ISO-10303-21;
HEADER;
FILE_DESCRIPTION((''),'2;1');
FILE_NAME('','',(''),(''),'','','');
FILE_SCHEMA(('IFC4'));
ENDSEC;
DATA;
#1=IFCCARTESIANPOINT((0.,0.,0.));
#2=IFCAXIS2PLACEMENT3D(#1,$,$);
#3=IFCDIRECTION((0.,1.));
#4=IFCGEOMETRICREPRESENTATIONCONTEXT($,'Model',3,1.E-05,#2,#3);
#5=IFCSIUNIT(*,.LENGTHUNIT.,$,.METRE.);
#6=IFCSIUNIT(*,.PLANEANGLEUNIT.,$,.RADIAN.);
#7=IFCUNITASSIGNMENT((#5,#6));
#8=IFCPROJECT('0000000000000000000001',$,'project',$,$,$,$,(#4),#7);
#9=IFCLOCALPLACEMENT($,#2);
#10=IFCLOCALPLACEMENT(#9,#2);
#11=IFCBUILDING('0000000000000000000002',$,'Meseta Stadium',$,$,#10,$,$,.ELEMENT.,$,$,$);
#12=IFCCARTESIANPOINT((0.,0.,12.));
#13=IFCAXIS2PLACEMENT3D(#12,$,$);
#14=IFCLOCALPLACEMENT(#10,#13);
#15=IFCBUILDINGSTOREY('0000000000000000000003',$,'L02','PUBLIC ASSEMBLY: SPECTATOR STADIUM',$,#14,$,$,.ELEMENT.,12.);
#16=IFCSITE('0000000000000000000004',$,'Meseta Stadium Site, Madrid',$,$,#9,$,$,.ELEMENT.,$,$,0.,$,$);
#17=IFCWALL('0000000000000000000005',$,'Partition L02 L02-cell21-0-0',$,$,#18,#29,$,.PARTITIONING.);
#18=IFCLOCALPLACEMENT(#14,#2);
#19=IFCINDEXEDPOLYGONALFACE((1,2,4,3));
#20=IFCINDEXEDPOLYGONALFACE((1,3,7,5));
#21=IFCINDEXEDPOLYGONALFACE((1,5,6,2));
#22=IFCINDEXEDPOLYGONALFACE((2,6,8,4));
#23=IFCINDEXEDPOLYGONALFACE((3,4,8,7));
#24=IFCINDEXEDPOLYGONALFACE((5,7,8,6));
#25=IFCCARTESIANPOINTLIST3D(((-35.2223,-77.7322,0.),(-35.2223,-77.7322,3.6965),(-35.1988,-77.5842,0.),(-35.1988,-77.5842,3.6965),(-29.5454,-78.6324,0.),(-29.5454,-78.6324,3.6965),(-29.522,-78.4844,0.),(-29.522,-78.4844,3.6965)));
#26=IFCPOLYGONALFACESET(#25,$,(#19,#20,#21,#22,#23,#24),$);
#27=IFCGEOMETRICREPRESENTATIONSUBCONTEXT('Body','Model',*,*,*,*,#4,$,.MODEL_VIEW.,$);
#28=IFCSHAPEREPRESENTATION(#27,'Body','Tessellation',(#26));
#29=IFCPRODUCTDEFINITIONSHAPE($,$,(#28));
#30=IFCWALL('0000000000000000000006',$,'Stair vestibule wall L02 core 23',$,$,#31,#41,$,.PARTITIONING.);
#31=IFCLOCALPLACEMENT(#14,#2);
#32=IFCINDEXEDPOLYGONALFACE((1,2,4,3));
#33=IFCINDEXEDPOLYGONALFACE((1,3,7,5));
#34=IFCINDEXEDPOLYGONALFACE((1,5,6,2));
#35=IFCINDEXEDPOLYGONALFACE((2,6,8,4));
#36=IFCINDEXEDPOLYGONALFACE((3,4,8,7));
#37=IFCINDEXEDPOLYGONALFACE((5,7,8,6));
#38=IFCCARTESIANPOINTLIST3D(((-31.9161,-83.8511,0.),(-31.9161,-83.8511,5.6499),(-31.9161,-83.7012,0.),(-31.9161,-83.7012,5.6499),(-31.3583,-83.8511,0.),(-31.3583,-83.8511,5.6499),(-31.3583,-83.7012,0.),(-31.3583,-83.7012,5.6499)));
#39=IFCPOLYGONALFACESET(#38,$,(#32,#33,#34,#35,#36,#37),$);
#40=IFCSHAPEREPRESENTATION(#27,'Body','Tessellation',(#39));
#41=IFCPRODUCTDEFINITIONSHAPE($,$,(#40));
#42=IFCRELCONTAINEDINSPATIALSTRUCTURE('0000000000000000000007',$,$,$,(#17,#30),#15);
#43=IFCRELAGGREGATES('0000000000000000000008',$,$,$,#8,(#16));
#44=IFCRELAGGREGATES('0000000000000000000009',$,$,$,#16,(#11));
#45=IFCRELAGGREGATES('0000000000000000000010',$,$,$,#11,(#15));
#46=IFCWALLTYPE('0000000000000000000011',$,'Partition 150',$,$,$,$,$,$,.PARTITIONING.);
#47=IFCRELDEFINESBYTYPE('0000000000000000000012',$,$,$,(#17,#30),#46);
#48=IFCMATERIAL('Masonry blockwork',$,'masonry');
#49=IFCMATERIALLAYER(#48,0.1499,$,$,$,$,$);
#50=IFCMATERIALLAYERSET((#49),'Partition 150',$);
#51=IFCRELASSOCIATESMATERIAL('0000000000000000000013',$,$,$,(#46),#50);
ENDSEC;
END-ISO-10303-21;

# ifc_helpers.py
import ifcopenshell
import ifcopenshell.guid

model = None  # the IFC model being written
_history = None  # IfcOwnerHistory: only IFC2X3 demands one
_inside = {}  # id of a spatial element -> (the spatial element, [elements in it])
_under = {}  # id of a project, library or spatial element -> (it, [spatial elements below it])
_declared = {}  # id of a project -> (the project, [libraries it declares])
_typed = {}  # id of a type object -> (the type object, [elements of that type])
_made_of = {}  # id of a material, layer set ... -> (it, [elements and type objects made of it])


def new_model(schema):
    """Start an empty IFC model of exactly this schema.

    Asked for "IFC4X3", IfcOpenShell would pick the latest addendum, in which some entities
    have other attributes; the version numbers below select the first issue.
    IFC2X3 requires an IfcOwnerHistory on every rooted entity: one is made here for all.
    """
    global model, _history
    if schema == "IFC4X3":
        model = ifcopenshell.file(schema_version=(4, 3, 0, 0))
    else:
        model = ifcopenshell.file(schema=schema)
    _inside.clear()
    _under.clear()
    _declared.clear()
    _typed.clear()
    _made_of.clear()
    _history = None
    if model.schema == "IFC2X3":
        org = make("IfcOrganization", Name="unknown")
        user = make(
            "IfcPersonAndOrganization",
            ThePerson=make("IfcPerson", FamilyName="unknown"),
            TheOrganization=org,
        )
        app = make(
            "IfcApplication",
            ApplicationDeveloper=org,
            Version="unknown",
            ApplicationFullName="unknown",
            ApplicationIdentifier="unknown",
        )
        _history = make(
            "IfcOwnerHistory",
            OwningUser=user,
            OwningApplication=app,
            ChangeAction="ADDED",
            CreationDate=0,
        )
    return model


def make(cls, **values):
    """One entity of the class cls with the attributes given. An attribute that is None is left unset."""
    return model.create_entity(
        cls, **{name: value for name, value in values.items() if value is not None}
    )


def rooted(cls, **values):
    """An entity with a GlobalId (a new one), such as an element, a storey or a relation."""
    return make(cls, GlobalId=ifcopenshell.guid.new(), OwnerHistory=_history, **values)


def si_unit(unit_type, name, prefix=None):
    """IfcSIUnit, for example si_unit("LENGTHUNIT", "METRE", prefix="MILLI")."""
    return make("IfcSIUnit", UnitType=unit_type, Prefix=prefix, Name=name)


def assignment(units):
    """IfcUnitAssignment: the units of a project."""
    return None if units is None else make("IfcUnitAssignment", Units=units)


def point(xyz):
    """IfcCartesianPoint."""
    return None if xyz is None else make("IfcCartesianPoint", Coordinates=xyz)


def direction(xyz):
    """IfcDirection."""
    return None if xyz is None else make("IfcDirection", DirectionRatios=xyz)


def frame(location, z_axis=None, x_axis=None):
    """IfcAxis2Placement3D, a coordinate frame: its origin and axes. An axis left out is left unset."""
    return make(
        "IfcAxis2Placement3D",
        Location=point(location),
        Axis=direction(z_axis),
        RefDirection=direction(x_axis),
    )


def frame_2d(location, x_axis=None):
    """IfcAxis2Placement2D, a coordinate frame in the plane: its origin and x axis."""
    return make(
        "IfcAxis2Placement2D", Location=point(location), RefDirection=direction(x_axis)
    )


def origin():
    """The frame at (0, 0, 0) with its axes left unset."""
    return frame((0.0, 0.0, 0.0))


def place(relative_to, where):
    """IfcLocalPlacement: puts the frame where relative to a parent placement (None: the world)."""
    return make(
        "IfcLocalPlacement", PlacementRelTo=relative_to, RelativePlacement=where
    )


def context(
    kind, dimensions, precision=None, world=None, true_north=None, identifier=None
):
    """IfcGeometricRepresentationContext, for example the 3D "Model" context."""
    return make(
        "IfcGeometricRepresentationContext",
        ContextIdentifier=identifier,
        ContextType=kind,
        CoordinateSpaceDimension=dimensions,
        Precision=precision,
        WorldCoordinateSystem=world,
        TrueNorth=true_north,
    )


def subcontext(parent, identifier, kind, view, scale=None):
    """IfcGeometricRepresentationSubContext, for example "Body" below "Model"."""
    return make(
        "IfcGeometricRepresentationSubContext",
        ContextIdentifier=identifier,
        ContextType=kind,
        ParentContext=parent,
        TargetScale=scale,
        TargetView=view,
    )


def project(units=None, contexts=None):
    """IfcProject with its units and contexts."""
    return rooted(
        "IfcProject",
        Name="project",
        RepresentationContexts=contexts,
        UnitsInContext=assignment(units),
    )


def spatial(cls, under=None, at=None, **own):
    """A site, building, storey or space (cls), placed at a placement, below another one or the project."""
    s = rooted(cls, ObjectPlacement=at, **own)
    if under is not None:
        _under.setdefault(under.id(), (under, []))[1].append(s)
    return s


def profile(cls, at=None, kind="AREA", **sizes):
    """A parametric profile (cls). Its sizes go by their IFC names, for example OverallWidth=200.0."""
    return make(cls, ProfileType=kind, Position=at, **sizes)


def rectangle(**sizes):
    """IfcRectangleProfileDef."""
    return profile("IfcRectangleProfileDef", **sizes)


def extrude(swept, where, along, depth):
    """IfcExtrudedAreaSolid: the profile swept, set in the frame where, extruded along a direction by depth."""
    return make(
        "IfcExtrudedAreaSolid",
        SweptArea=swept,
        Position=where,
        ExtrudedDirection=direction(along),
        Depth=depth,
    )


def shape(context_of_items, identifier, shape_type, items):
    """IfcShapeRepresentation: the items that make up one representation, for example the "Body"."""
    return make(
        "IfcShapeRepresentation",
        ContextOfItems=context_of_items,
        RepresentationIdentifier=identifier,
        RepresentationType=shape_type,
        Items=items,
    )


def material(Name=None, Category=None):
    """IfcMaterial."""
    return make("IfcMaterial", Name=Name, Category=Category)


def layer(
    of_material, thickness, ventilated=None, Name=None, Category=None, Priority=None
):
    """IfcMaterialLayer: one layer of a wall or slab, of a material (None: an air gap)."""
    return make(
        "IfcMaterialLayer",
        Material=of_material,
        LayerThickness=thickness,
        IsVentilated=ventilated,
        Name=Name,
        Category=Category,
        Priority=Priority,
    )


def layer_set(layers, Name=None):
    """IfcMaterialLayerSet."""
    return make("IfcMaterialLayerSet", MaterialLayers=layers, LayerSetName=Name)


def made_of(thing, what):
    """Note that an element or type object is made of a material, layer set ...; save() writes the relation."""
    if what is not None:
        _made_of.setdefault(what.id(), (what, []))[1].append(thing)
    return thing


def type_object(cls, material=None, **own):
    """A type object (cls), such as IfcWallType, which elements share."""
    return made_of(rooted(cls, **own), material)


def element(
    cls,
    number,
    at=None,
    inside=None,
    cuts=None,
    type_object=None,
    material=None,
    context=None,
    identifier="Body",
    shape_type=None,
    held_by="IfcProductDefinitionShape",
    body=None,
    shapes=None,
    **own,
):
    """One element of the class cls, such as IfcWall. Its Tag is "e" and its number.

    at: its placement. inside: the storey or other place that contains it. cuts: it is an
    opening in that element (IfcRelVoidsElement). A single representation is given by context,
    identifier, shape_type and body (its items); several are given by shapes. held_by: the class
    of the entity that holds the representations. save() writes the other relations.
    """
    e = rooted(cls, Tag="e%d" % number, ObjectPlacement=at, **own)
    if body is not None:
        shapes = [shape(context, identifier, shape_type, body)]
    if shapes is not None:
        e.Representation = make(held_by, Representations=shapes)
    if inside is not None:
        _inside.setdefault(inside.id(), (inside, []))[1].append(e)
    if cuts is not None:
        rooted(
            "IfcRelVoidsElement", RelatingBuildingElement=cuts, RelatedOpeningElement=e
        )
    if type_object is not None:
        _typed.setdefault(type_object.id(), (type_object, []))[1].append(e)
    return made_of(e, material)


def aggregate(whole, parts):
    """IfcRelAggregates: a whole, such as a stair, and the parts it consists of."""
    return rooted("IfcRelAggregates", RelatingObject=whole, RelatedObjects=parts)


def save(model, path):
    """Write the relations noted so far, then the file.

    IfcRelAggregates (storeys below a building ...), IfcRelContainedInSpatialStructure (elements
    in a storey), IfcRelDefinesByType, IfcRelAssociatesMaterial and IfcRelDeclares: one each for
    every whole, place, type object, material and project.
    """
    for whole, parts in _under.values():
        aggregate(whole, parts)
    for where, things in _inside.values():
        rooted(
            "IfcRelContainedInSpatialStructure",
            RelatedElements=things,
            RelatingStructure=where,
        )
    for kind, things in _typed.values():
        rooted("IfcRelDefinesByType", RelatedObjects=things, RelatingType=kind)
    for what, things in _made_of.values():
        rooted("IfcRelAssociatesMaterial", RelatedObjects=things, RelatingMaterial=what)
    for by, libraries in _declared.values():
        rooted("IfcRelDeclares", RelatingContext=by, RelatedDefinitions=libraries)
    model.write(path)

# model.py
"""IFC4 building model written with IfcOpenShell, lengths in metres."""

from ifc_helpers import new_model, si_unit, direction, frame, frame_2d, origin, place, context, subcontext, project, spatial, rectangle, extrude, material, layer, layer_set, type_object, element, save


model = new_model("IFC4")

# Units and contexts
model_context = context("Model", 3, precision=1e-05, world=origin(), true_north=direction((0.0, 1.0)))
body_context = subcontext(model_context, "Body", "Model", "MODEL_VIEW")
ifc_project = project(units=[si_unit("LENGTHUNIT", "METRE"), si_unit("PLANEANGLEUNIT", "RADIAN")], contexts=[model_context])

# Site, building, storey
site_placement = place(None, origin())
site = spatial("IfcSite", under=ifc_project, at=site_placement, Name="Meseta Stadium Site, Madrid", CompositionType="ELEMENT", RefElevation=0.0)
building_placement = place(site_placement, origin())
building = spatial("IfcBuilding", under=site, at=building_placement, Name="Meseta Stadium", CompositionType="ELEMENT")
storey_placement = place(building_placement, frame((0.0, 0.0, 12.0)))
storey = spatial("IfcBuildingStorey", under=building, at=storey_placement, Name="L02", Description="PUBLIC ASSEMBLY: SPECTATOR STADIUM", CompositionType="ELEMENT", Elevation=12.0)

# Walls
ifc_material_1 = material(Name="Masonry blockwork", Category="masonry")
ifc_layer_1 = layer(ifc_material_1, 0.1499)
ifc_layer_set_1 = layer_set([ifc_layer_1], Name="Partition 150")
wall_type = type_object("IfcWallType", Name="Partition 150", PredefinedType="PARTITIONING", material=ifc_layer_set_1)
wall_1_placement = place(storey_placement, frame((-35.2107, -77.6582, 0.0), z_axis=(0.0, 0.0, 1.0), x_axis=(0.98766, -0.15661, 0.0)))
element("IfcWall", 1, at=wall_1_placement, inside=storey, type_object=wall_type, Name="Partition L02 L02-cell21-0-0", PredefinedType="PARTITIONING", context=body_context, shape_type="SweptSolid", body=[
    extrude(rectangle(XDim=5.7478, YDim=0.1499, at=frame_2d((2.874, 0.0))), origin(), (0.0, 0.0, 1.0), 3.6965),
])
wall_2_placement = place(storey_placement, frame((-31.3584, -83.7761, 0.0), z_axis=(0.0, 0.0, 1.0), x_axis=(-1.0, 0.0, 0.0)))
element("IfcWall", 2, at=wall_2_placement, inside=storey, type_object=wall_type, Name="Stair vestibule wall L02 core 23", PredefinedType="PARTITIONING", context=body_context, shape_type="SweptSolid", body=[
    extrude(rectangle(XDim=0.5579, YDim=0.1499, at=frame_2d((0.2788, 0.0))), origin(), (0.0, 0.0, 1.0), 5.6499),
])

save(model, "model.ifc")
